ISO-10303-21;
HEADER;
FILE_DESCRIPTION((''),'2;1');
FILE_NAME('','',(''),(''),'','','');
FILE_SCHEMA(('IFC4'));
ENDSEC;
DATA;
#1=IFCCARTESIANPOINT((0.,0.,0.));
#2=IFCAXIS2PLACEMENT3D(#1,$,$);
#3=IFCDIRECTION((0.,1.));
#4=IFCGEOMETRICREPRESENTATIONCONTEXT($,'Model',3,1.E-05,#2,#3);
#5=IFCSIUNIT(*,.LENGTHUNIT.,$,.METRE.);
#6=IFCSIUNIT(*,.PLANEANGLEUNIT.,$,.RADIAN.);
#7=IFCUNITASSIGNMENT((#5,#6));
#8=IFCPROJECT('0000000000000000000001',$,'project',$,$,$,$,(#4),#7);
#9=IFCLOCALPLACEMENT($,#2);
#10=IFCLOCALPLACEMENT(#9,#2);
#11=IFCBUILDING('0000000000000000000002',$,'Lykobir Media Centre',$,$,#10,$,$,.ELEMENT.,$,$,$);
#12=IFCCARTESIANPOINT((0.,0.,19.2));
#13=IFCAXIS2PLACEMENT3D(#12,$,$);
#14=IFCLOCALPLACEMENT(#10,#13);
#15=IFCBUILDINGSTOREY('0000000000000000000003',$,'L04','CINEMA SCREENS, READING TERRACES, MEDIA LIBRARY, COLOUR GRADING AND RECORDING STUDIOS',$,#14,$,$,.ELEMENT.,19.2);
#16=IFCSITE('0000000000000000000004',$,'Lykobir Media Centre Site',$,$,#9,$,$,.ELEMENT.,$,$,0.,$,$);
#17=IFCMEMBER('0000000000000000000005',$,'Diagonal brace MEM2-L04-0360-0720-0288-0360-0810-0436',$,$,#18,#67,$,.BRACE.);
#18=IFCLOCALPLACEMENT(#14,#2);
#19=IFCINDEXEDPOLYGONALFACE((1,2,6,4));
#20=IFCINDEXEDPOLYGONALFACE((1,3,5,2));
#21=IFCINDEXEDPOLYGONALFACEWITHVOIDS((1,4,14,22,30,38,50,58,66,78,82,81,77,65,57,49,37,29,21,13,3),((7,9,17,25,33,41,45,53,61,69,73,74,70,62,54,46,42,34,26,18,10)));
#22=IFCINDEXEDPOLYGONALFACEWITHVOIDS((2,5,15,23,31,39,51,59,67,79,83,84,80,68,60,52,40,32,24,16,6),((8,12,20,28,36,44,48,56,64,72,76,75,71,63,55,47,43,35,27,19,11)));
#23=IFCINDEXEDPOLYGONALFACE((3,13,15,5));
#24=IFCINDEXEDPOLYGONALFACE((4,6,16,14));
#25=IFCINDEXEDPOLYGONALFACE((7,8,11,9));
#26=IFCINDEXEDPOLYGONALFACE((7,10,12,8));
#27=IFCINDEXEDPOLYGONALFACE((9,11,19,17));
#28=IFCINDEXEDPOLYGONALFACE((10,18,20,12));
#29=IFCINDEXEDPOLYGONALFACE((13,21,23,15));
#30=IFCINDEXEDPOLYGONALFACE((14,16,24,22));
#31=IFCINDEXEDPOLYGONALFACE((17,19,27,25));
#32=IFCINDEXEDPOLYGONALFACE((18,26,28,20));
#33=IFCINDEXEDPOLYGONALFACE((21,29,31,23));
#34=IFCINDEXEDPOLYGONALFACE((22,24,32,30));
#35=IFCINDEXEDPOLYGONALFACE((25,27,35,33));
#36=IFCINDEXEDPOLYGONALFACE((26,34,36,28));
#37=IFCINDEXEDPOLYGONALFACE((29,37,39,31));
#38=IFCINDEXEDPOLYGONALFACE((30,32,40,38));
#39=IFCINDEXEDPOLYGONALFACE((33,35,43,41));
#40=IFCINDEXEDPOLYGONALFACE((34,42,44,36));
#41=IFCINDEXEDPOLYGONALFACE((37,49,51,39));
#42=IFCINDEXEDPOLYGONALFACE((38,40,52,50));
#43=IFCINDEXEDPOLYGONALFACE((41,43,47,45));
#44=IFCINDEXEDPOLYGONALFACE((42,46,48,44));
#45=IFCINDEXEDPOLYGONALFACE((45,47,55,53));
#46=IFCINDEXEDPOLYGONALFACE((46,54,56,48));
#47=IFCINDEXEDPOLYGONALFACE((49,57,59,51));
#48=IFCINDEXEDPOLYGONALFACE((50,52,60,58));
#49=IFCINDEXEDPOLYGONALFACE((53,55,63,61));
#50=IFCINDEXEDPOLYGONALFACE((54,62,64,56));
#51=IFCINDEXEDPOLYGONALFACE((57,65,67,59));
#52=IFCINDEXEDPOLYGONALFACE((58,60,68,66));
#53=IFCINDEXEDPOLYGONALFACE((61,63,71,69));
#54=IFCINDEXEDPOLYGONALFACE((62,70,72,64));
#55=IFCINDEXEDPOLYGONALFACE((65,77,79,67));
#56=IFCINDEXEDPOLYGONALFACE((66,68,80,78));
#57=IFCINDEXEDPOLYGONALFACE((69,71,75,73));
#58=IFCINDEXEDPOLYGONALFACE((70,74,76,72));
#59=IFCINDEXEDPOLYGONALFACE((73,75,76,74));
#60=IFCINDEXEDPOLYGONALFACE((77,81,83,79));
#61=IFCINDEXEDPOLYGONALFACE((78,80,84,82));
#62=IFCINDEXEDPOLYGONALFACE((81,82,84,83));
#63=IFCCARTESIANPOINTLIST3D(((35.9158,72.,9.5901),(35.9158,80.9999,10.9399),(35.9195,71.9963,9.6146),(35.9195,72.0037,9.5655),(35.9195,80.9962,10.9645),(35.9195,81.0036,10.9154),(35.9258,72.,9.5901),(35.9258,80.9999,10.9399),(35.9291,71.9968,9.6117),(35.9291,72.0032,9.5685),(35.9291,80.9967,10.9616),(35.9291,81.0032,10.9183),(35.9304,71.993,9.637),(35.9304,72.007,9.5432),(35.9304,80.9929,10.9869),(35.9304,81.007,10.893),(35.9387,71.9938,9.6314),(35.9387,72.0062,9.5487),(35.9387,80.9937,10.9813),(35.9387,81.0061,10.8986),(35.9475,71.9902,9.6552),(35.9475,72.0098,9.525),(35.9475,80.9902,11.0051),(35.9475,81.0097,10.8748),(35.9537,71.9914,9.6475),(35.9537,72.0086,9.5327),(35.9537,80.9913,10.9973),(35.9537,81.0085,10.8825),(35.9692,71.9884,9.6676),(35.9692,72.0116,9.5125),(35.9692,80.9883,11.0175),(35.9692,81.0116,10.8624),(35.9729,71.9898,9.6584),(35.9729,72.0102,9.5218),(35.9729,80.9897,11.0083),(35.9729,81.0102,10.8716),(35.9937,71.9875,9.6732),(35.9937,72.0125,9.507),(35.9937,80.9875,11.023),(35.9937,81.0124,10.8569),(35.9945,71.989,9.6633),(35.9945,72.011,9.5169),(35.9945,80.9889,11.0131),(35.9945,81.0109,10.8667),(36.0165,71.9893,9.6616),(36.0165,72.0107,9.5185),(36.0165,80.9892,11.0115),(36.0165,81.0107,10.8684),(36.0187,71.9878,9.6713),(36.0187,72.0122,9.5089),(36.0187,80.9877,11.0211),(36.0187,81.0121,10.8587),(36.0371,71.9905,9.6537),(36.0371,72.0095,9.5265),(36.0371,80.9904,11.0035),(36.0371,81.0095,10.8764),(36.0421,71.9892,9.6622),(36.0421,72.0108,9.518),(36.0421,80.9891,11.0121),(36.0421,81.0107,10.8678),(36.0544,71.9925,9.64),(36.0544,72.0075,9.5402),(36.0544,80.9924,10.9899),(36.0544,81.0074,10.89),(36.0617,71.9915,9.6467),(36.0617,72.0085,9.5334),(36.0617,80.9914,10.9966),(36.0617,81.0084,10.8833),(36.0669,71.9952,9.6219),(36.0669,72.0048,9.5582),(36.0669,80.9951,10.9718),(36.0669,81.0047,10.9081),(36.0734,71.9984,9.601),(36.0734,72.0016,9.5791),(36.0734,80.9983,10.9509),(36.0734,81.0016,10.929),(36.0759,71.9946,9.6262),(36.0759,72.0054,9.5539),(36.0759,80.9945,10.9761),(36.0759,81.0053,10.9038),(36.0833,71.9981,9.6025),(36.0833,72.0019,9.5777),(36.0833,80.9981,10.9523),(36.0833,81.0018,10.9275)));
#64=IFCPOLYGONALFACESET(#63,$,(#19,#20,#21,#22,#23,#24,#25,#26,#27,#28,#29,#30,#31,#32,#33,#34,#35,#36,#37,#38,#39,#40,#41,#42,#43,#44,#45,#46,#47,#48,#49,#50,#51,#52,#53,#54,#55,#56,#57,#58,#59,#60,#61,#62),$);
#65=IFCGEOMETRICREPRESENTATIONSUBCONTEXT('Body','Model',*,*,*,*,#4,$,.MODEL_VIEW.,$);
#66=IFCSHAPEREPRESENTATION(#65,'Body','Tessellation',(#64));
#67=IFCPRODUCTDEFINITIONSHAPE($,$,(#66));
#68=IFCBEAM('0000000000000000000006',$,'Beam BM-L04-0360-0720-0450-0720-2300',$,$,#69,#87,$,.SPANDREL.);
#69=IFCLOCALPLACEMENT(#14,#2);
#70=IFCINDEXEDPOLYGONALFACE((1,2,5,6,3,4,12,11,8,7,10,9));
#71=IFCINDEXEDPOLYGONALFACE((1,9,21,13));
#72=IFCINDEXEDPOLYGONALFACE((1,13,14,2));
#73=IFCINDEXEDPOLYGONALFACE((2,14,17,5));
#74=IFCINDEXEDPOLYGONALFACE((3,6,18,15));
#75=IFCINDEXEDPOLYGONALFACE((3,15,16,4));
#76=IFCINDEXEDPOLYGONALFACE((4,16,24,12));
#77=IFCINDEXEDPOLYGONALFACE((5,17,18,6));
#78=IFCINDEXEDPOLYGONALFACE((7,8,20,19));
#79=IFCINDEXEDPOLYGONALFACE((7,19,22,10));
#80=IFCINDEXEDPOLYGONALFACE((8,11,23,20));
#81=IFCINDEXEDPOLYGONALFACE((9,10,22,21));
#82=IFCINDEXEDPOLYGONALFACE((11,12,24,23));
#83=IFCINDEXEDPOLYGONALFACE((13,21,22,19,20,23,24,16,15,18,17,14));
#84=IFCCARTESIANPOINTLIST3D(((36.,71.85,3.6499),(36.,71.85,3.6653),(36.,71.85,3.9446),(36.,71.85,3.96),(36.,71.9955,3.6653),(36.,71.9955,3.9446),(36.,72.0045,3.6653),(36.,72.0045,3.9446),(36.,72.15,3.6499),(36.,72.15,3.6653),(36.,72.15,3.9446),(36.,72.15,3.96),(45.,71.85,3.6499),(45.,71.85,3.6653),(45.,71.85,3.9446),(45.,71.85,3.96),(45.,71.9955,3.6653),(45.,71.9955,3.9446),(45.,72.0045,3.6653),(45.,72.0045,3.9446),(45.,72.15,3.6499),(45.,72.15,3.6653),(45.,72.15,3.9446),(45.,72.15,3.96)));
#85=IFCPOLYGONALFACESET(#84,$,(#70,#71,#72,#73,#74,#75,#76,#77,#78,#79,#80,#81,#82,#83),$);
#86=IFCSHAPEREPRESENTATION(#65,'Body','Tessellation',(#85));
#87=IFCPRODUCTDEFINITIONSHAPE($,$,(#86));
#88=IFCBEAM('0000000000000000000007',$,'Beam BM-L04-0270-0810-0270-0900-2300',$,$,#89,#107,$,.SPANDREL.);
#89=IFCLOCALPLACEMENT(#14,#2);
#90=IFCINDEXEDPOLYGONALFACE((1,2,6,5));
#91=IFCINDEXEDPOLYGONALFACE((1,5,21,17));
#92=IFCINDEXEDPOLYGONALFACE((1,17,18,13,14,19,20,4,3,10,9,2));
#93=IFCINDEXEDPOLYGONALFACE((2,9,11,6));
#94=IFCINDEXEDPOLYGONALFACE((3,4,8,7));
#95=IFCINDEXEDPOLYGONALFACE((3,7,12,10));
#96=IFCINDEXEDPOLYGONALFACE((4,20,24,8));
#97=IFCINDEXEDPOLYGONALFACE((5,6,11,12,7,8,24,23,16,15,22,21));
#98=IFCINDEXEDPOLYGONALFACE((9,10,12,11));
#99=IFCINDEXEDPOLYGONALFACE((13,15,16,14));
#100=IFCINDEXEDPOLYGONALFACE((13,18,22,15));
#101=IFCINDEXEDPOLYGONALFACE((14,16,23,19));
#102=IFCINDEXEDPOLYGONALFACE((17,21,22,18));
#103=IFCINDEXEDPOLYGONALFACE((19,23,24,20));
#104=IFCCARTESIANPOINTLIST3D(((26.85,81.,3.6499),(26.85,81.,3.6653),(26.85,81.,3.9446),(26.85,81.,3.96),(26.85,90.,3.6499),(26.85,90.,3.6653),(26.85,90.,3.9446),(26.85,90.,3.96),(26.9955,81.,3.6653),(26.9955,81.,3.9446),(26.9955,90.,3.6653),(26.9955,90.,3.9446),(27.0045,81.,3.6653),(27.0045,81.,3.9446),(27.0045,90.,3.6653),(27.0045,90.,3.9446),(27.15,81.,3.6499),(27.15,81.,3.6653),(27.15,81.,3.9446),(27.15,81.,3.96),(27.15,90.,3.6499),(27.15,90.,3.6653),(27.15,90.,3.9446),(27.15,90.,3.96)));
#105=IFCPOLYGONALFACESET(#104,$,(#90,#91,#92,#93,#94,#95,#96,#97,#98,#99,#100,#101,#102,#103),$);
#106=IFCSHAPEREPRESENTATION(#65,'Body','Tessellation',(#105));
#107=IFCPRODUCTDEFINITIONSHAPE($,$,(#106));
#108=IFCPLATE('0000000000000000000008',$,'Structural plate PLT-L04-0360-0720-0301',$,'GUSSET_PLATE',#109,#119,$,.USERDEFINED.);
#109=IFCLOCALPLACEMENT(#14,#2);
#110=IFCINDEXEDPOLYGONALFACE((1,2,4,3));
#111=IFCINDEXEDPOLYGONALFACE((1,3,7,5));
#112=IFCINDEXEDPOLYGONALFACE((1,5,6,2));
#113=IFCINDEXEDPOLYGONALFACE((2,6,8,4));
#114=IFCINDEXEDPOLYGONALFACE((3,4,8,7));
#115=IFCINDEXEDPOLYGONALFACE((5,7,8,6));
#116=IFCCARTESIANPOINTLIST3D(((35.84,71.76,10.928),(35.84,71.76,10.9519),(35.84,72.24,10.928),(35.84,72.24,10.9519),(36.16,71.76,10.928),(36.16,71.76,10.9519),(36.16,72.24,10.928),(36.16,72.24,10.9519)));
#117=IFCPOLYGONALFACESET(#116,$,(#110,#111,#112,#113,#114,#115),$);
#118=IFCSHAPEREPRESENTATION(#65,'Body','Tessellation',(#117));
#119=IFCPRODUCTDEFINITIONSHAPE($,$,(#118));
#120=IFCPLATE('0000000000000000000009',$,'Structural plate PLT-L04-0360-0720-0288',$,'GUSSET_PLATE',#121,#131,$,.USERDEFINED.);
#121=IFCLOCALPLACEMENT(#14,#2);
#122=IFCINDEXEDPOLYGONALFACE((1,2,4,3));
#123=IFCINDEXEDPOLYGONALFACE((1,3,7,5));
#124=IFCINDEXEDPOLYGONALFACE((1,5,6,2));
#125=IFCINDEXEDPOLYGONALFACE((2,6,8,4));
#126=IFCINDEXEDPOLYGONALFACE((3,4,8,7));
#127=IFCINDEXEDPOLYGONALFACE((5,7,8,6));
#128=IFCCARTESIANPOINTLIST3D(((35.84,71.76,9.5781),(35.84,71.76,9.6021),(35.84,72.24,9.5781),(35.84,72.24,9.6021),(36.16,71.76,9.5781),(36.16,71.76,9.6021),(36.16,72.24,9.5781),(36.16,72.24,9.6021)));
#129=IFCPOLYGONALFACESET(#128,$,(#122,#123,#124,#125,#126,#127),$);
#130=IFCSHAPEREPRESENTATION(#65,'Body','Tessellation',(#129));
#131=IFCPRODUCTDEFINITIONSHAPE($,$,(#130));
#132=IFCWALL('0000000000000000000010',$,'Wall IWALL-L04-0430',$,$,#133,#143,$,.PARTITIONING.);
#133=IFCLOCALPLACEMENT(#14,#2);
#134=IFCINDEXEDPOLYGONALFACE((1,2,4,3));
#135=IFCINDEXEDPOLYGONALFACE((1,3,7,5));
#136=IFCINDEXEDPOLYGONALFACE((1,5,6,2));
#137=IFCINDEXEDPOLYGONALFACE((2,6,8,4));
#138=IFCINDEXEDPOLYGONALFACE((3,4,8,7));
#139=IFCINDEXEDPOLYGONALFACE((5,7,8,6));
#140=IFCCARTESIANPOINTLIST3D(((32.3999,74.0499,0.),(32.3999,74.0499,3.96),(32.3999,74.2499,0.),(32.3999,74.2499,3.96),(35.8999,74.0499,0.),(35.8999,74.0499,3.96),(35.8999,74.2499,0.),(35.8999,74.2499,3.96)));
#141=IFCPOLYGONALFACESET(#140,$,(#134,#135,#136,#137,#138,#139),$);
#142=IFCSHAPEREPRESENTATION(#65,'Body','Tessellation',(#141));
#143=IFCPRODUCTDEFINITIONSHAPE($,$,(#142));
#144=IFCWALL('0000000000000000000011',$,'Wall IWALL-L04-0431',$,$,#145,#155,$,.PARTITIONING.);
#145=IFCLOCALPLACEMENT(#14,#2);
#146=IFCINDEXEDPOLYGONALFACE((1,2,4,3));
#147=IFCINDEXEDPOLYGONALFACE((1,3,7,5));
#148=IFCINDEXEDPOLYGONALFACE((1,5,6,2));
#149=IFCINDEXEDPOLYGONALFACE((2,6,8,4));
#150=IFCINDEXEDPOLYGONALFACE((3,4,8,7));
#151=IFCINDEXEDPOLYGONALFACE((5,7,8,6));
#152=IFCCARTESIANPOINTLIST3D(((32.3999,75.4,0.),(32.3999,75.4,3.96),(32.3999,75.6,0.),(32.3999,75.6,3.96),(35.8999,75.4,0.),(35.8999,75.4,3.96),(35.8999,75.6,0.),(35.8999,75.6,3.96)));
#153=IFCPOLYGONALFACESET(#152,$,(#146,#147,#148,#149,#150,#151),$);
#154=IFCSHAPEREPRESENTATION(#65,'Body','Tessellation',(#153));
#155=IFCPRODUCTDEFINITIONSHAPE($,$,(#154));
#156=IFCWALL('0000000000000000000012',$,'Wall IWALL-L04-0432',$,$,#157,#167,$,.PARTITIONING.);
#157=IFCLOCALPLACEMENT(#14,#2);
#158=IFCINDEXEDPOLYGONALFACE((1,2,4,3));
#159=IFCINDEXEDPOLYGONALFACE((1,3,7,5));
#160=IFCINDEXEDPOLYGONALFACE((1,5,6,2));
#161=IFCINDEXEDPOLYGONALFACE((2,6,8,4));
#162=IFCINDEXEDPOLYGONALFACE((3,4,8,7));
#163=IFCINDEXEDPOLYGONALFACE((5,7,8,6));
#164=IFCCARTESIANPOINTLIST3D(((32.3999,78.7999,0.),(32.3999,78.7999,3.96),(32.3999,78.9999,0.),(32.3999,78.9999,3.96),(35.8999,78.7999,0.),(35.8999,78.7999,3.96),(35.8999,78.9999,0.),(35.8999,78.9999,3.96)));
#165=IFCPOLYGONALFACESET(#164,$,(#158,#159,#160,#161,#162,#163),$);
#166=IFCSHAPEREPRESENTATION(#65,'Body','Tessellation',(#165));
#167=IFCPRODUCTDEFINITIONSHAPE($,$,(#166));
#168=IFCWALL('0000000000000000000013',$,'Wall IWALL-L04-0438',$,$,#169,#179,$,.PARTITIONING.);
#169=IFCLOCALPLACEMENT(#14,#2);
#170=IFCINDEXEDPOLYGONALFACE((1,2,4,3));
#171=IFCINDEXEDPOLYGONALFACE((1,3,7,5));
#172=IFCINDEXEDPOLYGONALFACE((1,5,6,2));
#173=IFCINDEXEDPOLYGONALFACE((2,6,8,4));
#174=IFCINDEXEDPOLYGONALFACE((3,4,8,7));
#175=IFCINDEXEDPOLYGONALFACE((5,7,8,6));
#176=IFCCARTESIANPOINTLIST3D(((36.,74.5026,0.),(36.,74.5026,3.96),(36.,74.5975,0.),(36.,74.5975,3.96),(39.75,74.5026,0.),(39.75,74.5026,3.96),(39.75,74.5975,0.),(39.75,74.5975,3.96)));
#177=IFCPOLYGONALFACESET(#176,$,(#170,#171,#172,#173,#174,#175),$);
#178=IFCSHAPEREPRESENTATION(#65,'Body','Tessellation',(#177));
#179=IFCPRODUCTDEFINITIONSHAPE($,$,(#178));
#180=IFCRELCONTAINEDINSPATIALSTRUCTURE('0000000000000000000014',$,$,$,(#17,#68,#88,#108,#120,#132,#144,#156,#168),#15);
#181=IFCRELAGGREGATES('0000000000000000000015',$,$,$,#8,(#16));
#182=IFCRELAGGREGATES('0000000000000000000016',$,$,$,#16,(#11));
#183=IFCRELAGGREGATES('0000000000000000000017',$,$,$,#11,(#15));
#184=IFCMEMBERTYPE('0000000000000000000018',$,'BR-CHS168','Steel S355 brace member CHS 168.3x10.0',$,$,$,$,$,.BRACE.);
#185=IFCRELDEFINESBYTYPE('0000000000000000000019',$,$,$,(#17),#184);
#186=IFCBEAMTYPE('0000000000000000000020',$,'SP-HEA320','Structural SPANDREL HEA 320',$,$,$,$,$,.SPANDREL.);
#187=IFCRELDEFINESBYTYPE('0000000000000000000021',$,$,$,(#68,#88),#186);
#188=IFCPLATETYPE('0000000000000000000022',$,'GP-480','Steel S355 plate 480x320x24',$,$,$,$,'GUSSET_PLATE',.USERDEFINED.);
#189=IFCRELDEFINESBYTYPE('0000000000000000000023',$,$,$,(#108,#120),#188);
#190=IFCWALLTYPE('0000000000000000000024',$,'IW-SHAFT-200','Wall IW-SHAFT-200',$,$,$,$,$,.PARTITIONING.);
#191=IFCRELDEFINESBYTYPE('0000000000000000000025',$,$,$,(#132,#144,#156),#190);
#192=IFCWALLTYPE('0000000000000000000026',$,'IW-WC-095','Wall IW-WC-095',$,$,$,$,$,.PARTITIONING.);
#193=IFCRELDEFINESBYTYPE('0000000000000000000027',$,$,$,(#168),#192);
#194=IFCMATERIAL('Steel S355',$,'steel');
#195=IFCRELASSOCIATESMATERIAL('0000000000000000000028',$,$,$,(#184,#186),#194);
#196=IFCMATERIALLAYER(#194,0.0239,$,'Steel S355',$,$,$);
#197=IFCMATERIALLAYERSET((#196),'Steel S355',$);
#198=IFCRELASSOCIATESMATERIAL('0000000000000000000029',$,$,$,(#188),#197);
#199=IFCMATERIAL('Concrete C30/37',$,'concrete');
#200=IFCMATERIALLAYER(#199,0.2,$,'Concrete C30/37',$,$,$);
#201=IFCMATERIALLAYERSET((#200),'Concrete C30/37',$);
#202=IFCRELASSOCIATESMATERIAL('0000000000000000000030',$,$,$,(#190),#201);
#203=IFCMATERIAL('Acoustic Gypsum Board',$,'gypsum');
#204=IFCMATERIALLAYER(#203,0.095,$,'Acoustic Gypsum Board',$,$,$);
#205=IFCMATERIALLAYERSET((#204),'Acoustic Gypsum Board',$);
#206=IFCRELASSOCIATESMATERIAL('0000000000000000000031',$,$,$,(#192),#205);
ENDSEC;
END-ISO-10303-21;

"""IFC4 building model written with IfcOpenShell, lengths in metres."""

from ifc_helpers import new_model, si_unit, direction, frame, frame_2d, origin, origin_2d, place, context, subcontext, project, spatial, rectangle, hollow_circle, i_section, extrude, material, layer, layer_set, material_profile, profile_set, type_object, element, save


model = new_model("IFC4")

# Units and contexts
model_context = context("Model", 3, precision=1e-05, world=origin(), true_north=direction((0.0, 1.0)))
body_context = subcontext(model_context, "Body", "Model", "MODEL_VIEW")
ifc_project = project(units=[si_unit("LENGTHUNIT", "METRE"), si_unit("PLANEANGLEUNIT", "RADIAN")], contexts=[model_context])

# Site, building, storey
site_placement = place(None, origin())
site = spatial("IfcSite", under=ifc_project, at=site_placement, Name="Lykobir Media Centre Site", CompositionType="ELEMENT", RefElevation=0.0)
building_placement = place(site_placement, origin())
building = spatial("IfcBuilding", under=site, at=building_placement, Name="Lykobir Media Centre", CompositionType="ELEMENT")
storey_placement = place(building_placement, frame((0.0, 0.0, 19.2)))
storey = spatial("IfcBuildingStorey", under=building, at=storey_placement, Name="L04", Description="CINEMA SCREENS, READING TERRACES, MEDIA LIBRARY, COLOUR GRADING AND RECORDING STUDIOS", CompositionType="ELEMENT", Elevation=19.2)

# Shared definitions
ifc_material_1 = material(Name="Steel S355", Category="steel")

# Member
ifc_material_profile_1 = material_profile(ifc_material_1, hollow_circle(Radius=0.0842, WallThickness=0.01, at=origin_2d()), Name="CHS 168.3x10.0")
ifc_profile_set_1 = profile_set([ifc_material_profile_1], Name="Steel S355")
member_type_1 = type_object("IfcMemberType", Name="BR-CHS168", Description="Steel S355 brace member CHS 168.3x10.0", PredefinedType="BRACE", material=ifc_profile_set_1)
member_1_placement = place(storey_placement, frame((36.0, 72.0, 9.5901), z_axis=(0.0, 0.988939, 0.148325), x_axis=(-1.0, 0.0, 0.0)))
element("IfcMember", 1, at=member_1_placement, inside=storey, type_object=member_type_1, Name="Diagonal brace MEM2-L04-0360-0720-0288-0360-0810-0436", PredefinedType="BRACE", context=body_context, shape_type="SweptSolid", body=[
    extrude(hollow_circle(Radius=0.0842, WallThickness=0.01, at=origin_2d()), origin(), (0.0, 0.0, 1.0), 9.1006),
])

# Beams
ifc_material_profile_2 = material_profile(ifc_material_1, i_section(OverallWidth=0.3, OverallDepth=0.3101, WebThickness=0.009, FlangeThickness=0.0154, at=origin_2d()), Name="HEA 320")
ifc_profile_set_2 = profile_set([ifc_material_profile_2], Name="Steel S355")
beam_type_1 = type_object("IfcBeamType", Name="SP-HEA320", Description="Structural SPANDREL HEA 320", PredefinedType="SPANDREL", material=ifc_profile_set_2)
for number, where, z_axis, x_axis, name in (
    (2, (36.0, 72.0, 3.8049), (1.0, 0.0, 0.0), (0.0, 1.0, 0.0), "Beam BM-L04-0360-0720-0450-0720-2300"),
    (3, (27.0, 81.0, 3.8049), (0.0, 1.0, 0.0), (-1.0, 0.0, 0.0), "Beam BM-L04-0270-0810-0270-0900-2300"),
):
    element("IfcBeam", number, at=place(storey_placement, frame(where, z_axis=z_axis, x_axis=x_axis)), inside=storey, type_object=beam_type_1, Name=name, PredefinedType="SPANDREL", context=body_context, shape_type="SweptSolid", body=[
        extrude(i_section(OverallWidth=0.3, OverallDepth=0.3101, WebThickness=0.009, FlangeThickness=0.0154, at=origin_2d()), origin(), (0.0, 0.0, 1.0), 9.0),
    ])

# Plates
ifc_layer_1 = layer(ifc_material_1, 0.0239, Name="Steel S355")
ifc_layer_set_1 = layer_set([ifc_layer_1], Name="Steel S355")
plate_type = type_object("IfcPlateType", Name="GP-480", Description="Steel S355 plate 480x320x24", ElementType="GUSSET_PLATE", PredefinedType="USERDEFINED", material=ifc_layer_set_1)
for number, where, z_axis, x_axis, name in (
    (4, (36.0, 72.0, 10.928), (0.0, 0.0, 1.0), (0.0, 1.0, 0.0), "Structural plate PLT-L04-0360-0720-0301"),
    (5, (36.0, 72.0, 9.5781), (0.0, 0.0, 1.0), (0.0, 1.0, 0.0), "Structural plate PLT-L04-0360-0720-0288"),
):
    element("IfcPlate", number, at=place(storey_placement, frame(where, z_axis=z_axis, x_axis=x_axis)), inside=storey, type_object=plate_type, Name=name, ObjectType="GUSSET_PLATE", PredefinedType="USERDEFINED", context=body_context, shape_type="SweptSolid", body=[
        extrude(rectangle(XDim=0.48, YDim=0.3201, at=origin_2d()), origin(), (0.0, 0.0, 1.0), 0.0239),
    ])

# Walls
ifc_material_2 = material(Name="Concrete C30/37", Category="concrete")
ifc_layer_2 = layer(ifc_material_2, 0.2, Name="Concrete C30/37")
ifc_layer_set_2 = layer_set([ifc_layer_2], Name="Concrete C30/37")
wall_type_1 = type_object("IfcWallType", Name="IW-SHAFT-200", Description="Wall IW-SHAFT-200", PredefinedType="PARTITIONING", material=ifc_layer_set_2)
for number, where, z_axis, x_axis, name in (
    (6, (32.3999, 74.1499, 0.0), (0.0, 0.0, 1.0), (1.0, 0.0, 0.0), "Wall IWALL-L04-0430"),
    (7, (32.3999, 75.5, 0.0), (0.0, 0.0, 1.0), (1.0, 0.0, 0.0), "Wall IWALL-L04-0431"),
    (8, (32.3999, 78.8999, 0.0), (0.0, 0.0, 1.0), (1.0, 0.0, 0.0), "Wall IWALL-L04-0432"),
):
    element("IfcWall", number, at=place(storey_placement, frame(where, z_axis=z_axis, x_axis=x_axis)), inside=storey, type_object=wall_type_1, Name=name, PredefinedType="PARTITIONING", context=body_context, shape_type="SweptSolid", body=[
        extrude(rectangle(XDim=3.5, YDim=0.2, at=frame_2d((1.75, 0.0))), origin(), (0.0, 0.0, 1.0), 3.96),
    ])
ifc_material_3 = material(Name="Acoustic Gypsum Board", Category="gypsum")
ifc_layer_3 = layer(ifc_material_3, 0.095, Name="Acoustic Gypsum Board")
ifc_layer_set_3 = layer_set([ifc_layer_3], Name="Acoustic Gypsum Board")
wall_type_2 = type_object("IfcWallType", Name="IW-WC-095", Description="Wall IW-WC-095", PredefinedType="PARTITIONING", material=ifc_layer_set_3)
wall_placement = place(storey_placement, frame((36.0, 74.55, 0.0), z_axis=(0.0, 0.0, 1.0), x_axis=(1.0, 0.0, 0.0)))
element("IfcWall", 9, at=wall_placement, inside=storey, type_object=wall_type_2, Name="Wall IWALL-L04-0438", PredefinedType="PARTITIONING", context=body_context, shape_type="SweptSolid", body=[
    extrude(rectangle(XDim=3.75, YDim=0.095, at=frame_2d((1.875, 0.0))), origin(), (0.0, 0.0, 1.0), 3.96),
])

save(model, "model.ifc")
